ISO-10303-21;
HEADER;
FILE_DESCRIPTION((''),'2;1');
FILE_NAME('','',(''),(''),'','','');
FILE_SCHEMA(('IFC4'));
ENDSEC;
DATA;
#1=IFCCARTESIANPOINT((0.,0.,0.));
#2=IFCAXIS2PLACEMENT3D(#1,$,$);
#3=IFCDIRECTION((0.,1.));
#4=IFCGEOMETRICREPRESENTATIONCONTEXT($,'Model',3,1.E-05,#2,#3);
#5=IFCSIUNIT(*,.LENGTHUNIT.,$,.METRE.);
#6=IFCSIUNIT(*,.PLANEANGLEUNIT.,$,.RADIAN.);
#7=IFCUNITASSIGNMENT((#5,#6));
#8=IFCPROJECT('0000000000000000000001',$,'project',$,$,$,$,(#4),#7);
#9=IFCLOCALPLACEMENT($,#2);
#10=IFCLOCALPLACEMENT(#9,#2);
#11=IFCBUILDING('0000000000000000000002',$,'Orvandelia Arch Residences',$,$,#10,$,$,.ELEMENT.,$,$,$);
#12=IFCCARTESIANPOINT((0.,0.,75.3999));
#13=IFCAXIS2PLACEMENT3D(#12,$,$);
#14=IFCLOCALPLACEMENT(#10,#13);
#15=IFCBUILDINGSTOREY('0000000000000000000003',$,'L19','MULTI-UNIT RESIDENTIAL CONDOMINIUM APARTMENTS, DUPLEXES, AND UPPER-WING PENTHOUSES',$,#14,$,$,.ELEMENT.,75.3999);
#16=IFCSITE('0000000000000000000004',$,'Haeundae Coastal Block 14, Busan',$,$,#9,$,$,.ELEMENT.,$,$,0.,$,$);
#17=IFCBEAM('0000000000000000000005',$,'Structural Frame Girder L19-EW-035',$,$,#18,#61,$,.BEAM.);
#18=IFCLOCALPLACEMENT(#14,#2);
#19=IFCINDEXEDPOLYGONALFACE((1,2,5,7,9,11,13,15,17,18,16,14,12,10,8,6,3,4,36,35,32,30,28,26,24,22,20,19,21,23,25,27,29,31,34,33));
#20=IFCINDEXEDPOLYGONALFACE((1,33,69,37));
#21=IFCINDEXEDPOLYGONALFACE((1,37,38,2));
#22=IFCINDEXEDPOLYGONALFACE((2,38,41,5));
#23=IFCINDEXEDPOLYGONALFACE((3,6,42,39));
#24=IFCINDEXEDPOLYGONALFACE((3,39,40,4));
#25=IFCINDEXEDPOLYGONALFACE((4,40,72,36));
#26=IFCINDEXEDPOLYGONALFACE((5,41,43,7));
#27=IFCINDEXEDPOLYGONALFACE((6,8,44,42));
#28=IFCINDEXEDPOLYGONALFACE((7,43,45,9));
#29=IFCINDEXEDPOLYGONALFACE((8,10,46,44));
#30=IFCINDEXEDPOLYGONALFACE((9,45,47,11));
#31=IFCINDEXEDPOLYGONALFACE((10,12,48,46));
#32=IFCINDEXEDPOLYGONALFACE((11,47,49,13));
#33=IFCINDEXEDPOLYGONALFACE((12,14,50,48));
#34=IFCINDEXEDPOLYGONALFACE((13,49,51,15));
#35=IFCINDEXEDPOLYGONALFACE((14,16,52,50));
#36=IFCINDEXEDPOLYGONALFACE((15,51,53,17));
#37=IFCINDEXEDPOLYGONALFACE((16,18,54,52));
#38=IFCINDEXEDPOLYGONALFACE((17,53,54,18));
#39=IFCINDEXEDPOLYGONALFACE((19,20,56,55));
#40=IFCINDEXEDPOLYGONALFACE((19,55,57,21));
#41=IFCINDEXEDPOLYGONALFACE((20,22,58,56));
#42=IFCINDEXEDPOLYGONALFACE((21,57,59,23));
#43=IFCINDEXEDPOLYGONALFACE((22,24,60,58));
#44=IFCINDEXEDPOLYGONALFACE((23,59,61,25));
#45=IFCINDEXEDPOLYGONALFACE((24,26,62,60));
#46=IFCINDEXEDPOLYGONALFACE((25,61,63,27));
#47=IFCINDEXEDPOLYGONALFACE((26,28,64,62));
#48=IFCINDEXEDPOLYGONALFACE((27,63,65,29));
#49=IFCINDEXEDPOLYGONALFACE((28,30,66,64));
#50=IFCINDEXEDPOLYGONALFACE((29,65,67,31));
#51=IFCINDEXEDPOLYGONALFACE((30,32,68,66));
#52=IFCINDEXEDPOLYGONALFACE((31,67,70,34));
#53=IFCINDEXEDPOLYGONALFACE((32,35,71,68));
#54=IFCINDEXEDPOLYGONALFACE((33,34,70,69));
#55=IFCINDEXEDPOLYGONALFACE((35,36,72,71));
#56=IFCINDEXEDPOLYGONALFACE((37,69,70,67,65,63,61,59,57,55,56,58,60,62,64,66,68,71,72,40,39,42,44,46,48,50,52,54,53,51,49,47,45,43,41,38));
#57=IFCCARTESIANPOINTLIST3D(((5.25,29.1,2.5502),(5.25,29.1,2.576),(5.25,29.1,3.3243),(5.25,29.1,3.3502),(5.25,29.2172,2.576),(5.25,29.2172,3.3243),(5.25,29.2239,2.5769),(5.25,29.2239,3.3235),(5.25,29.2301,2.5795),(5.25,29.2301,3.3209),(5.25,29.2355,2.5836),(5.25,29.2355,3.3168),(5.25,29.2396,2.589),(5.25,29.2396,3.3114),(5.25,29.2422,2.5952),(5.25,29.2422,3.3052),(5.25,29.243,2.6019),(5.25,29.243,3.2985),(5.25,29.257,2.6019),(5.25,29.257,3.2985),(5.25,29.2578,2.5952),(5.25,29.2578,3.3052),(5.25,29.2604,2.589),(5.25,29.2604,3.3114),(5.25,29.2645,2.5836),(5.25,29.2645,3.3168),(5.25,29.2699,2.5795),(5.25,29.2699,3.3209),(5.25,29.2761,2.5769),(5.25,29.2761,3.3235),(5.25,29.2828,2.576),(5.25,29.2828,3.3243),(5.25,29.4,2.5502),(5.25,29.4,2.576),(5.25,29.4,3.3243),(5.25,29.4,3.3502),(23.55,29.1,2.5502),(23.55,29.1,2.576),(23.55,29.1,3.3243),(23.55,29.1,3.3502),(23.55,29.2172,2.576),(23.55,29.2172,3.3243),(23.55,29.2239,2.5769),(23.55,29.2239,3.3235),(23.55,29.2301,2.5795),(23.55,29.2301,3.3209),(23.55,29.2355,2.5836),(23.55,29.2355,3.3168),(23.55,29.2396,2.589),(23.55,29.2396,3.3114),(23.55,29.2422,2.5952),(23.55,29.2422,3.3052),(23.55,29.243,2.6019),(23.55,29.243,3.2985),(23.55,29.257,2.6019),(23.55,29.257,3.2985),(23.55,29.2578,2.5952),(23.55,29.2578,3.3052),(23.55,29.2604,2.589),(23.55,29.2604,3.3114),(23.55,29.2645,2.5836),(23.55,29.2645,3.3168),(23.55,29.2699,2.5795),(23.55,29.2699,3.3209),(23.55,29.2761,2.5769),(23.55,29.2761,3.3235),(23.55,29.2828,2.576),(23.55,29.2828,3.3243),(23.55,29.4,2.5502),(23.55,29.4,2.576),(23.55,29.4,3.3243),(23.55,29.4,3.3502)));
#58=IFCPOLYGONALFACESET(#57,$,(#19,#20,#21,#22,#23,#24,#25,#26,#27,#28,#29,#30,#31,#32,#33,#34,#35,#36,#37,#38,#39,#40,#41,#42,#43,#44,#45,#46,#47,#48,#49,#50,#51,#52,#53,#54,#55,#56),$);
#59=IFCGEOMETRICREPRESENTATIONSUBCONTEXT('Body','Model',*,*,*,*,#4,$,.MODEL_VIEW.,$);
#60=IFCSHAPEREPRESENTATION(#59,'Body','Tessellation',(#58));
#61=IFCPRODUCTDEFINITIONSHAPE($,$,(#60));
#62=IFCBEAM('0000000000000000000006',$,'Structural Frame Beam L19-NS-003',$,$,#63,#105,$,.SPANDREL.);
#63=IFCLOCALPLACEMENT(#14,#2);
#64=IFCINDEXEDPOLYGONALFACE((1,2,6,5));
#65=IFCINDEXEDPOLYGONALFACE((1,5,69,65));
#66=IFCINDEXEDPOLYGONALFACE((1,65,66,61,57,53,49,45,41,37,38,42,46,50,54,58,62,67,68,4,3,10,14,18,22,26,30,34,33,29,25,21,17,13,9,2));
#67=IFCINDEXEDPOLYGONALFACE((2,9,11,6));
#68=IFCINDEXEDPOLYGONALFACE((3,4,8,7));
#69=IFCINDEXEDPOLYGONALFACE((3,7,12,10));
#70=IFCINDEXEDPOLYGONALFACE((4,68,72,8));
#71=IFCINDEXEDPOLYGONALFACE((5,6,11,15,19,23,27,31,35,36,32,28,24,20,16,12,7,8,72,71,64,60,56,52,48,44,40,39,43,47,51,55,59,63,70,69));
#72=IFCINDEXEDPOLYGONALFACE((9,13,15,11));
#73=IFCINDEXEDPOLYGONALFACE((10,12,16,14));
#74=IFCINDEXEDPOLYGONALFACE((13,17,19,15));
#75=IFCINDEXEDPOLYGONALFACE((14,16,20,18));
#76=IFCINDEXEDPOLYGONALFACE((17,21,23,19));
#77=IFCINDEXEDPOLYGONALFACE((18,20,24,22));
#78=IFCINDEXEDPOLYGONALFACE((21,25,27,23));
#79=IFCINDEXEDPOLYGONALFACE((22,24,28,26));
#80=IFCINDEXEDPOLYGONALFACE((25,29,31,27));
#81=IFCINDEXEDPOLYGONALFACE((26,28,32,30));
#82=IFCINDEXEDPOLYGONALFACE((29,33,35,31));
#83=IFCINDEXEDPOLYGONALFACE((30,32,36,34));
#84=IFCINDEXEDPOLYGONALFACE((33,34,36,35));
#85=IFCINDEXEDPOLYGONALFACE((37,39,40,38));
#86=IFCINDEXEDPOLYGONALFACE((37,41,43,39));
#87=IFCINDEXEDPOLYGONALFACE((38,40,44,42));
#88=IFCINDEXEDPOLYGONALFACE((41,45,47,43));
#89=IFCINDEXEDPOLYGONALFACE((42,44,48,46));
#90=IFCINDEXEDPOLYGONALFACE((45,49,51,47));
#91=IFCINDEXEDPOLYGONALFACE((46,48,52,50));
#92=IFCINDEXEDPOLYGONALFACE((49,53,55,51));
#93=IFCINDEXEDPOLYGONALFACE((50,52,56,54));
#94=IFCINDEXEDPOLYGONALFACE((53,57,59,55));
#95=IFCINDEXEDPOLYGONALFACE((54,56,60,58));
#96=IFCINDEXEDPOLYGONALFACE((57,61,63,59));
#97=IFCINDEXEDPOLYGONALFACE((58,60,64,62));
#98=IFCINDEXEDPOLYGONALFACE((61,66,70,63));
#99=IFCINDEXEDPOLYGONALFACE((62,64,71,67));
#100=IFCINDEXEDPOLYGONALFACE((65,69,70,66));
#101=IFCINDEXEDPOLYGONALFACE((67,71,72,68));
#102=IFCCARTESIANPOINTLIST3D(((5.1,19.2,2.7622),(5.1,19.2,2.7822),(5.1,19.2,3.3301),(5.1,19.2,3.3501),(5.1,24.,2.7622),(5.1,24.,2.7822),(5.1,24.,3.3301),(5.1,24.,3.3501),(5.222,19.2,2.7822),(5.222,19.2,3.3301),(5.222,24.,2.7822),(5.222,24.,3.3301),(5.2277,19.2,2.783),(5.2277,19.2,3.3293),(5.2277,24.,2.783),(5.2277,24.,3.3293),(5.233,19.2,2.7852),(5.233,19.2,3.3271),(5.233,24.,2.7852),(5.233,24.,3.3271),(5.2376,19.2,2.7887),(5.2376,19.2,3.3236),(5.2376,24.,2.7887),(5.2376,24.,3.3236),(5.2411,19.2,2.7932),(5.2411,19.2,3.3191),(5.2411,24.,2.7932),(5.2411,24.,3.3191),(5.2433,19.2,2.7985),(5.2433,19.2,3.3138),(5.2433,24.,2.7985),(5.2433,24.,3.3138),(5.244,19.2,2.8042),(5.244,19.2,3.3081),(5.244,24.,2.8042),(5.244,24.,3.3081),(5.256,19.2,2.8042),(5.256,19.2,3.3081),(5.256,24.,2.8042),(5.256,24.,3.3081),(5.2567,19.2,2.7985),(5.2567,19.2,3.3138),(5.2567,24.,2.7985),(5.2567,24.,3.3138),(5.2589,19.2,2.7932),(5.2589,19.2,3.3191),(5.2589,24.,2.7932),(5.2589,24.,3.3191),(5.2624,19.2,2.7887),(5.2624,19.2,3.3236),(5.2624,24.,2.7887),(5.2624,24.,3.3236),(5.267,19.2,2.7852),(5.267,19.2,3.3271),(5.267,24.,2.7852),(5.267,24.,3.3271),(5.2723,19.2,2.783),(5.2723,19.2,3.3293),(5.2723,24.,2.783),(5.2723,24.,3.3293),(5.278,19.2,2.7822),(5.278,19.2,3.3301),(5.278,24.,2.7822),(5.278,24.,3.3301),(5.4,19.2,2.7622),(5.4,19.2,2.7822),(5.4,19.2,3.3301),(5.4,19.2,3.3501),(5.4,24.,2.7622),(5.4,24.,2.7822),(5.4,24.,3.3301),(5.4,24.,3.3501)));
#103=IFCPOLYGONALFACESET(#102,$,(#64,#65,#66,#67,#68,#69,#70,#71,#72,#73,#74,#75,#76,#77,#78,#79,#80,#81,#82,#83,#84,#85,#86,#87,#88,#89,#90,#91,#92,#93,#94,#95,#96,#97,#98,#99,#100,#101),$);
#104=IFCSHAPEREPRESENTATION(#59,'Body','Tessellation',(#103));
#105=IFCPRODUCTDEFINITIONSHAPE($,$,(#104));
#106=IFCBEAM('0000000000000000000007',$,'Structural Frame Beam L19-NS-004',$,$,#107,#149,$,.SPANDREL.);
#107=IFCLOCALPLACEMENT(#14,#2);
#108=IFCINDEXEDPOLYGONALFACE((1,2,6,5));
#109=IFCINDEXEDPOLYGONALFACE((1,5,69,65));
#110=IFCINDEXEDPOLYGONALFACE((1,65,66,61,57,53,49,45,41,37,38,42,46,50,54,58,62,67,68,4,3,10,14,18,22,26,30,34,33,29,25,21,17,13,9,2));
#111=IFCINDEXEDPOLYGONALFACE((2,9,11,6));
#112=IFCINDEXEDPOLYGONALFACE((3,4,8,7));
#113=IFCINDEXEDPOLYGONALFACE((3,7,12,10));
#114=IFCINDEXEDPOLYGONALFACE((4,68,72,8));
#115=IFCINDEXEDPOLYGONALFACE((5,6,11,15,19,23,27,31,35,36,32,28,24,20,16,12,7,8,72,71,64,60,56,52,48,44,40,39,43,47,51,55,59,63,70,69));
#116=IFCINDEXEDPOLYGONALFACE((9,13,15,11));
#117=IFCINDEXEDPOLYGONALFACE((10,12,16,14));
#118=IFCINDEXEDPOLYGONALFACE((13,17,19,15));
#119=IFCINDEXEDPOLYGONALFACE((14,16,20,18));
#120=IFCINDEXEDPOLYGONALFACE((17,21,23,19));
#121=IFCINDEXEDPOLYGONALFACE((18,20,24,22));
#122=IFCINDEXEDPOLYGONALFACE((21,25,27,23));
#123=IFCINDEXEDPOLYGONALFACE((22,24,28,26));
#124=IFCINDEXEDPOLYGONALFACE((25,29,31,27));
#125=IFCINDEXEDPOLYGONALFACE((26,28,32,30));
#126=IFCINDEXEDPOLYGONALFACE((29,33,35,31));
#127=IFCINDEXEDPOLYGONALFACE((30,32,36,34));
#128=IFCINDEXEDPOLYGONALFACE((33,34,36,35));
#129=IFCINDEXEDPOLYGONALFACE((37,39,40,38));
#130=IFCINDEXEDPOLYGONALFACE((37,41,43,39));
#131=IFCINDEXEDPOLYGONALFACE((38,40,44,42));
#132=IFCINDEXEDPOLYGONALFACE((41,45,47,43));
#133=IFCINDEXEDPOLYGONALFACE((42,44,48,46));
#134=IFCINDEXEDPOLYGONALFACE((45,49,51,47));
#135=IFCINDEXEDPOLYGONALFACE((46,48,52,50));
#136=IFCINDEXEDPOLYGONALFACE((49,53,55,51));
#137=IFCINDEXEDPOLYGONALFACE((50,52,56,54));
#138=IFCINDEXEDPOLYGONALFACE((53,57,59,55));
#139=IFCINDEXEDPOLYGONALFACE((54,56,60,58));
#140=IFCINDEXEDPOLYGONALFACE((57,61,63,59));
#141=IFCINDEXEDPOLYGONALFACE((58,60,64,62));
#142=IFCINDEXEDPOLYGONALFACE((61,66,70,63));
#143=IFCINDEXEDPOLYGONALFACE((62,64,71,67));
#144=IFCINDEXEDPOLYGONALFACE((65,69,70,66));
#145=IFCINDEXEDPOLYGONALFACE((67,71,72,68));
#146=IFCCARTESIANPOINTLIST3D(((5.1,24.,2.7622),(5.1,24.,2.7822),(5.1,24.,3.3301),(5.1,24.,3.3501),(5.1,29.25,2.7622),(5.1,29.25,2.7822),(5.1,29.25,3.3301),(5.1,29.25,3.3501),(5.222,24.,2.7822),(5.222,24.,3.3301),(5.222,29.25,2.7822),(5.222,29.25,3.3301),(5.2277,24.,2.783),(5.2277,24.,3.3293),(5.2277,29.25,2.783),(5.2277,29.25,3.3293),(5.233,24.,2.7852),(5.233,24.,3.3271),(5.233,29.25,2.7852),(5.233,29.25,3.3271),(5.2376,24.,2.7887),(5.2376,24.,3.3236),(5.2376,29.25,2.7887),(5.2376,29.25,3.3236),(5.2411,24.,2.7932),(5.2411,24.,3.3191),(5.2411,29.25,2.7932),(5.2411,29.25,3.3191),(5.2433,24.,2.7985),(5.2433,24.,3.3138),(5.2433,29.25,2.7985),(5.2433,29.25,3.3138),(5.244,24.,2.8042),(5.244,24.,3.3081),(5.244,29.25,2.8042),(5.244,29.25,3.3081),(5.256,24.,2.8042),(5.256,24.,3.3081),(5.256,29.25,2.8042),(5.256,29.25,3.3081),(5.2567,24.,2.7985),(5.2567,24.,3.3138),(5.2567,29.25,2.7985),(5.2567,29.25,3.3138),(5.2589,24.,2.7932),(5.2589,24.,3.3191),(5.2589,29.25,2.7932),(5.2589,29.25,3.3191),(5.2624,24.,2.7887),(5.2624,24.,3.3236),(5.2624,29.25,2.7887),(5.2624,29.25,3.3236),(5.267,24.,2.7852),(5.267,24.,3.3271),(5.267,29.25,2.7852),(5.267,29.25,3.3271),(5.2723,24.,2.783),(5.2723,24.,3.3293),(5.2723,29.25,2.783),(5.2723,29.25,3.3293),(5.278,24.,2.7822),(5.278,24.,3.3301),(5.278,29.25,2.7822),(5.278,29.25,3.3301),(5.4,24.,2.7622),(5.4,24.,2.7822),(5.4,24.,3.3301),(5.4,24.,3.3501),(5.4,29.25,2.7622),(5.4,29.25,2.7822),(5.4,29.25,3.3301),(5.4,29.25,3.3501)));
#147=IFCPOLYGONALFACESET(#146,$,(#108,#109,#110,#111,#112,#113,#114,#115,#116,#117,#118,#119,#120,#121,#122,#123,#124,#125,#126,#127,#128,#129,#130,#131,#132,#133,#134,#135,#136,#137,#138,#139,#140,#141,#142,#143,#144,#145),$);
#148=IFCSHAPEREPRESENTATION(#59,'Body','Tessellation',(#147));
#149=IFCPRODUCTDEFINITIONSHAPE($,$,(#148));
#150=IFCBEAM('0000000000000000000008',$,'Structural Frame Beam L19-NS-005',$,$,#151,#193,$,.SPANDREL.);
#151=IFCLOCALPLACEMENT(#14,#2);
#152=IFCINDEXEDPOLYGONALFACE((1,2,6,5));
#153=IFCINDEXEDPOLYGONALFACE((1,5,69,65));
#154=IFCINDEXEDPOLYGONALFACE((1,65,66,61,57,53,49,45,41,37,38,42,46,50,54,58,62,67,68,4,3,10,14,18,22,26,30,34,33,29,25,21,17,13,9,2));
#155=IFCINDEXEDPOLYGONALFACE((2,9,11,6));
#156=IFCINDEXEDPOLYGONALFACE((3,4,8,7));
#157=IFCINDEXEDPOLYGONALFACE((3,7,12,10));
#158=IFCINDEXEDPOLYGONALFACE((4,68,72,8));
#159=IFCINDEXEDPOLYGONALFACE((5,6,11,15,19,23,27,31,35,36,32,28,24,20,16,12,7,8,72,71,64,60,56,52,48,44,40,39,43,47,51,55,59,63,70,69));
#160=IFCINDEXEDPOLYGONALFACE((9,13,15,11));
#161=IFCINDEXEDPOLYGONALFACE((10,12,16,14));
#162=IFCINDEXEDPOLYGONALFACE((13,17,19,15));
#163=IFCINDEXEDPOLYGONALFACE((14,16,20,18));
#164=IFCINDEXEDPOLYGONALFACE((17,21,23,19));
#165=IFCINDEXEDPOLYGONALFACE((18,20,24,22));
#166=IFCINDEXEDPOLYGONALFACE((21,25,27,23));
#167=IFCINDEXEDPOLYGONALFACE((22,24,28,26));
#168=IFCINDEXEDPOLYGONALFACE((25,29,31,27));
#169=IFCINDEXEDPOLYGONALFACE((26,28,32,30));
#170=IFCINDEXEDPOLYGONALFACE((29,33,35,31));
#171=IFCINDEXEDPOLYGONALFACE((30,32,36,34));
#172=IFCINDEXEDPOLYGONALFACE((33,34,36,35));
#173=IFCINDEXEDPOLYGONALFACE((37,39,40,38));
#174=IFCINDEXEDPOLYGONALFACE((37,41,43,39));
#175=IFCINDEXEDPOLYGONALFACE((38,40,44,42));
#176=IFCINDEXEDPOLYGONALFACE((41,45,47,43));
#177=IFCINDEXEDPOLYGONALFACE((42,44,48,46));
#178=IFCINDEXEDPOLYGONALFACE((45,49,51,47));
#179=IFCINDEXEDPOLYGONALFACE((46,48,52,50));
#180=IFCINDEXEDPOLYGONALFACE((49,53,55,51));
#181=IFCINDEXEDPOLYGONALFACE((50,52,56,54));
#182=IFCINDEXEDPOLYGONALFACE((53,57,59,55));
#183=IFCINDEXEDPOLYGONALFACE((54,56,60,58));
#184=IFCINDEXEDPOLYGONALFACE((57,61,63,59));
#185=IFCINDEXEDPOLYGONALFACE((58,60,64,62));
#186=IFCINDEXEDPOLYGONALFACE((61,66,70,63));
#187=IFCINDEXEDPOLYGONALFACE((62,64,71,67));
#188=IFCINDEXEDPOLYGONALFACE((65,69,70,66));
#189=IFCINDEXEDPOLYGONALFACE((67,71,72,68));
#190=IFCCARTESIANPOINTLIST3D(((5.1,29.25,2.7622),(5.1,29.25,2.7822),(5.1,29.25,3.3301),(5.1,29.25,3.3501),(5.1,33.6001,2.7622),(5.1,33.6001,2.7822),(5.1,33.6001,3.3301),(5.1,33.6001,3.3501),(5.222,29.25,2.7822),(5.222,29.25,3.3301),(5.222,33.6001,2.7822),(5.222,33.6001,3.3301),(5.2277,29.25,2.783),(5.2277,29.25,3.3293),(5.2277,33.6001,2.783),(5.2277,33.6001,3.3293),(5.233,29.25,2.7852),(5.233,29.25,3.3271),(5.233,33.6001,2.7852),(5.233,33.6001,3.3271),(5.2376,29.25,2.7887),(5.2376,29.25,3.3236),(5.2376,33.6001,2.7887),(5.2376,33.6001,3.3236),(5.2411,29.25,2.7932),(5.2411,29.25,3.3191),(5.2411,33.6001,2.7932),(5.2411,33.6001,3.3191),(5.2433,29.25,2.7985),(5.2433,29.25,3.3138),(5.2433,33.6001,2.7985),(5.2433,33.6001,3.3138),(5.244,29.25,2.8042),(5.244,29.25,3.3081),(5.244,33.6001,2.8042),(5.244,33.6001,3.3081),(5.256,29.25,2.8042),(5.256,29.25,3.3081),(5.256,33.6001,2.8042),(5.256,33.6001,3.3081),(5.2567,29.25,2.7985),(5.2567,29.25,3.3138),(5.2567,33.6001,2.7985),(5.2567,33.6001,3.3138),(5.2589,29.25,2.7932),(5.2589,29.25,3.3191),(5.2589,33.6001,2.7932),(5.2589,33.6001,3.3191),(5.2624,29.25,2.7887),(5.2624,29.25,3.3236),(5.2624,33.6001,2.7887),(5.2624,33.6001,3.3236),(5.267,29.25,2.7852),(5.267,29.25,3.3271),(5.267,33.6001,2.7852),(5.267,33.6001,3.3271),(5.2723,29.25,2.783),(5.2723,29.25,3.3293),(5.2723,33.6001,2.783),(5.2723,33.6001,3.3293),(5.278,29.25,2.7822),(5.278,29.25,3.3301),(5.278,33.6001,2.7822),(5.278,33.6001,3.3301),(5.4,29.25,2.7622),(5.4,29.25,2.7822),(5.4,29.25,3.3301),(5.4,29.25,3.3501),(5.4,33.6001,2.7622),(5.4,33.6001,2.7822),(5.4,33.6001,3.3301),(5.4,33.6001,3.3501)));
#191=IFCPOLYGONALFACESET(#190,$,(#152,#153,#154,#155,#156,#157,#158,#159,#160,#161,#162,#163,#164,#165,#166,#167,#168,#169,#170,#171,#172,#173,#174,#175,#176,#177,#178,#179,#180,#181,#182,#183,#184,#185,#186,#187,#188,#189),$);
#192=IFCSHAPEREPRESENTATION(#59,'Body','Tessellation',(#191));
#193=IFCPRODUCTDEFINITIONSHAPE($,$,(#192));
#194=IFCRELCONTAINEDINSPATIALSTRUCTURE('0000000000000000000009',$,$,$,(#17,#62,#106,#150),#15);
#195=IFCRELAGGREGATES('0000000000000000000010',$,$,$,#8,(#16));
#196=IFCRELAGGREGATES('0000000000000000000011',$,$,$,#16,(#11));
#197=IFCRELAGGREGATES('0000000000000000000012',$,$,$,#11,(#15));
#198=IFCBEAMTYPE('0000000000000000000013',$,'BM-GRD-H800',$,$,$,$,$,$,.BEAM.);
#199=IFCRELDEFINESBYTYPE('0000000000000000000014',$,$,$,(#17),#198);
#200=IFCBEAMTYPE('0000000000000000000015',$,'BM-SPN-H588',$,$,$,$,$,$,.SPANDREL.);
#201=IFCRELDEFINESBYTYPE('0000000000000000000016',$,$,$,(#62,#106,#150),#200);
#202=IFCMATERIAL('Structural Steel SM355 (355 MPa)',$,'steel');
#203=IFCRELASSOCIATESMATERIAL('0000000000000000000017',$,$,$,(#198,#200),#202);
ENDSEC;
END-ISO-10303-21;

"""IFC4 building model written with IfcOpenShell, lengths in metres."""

from ifc_helpers import new_model, si_unit, direction, frame, origin, origin_2d, place, context, subcontext, project, spatial, i_section, extrude, material, material_profile, profile_set, type_object, element, save


model = new_model("IFC4")

# Units and contexts
model_context = context("Model", 3, precision=1e-05, world=origin(), true_north=direction((0.0, 1.0)))
body_context = subcontext(model_context, "Body", "Model", "MODEL_VIEW")
ifc_project = project(units=[si_unit("LENGTHUNIT", "METRE"), si_unit("PLANEANGLEUNIT", "RADIAN")], contexts=[model_context])

# Site, building, storey
site_placement = place(None, origin())
site = spatial("IfcSite", under=ifc_project, at=site_placement, Name="Haeundae Coastal Block 14, Busan", CompositionType="ELEMENT", RefElevation=0.0)
building_placement = place(site_placement, origin())
building = spatial("IfcBuilding", under=site, at=building_placement, Name="Orvandelia Arch Residences", CompositionType="ELEMENT")
storey_placement = place(building_placement, frame((0.0, 0.0, 75.3999)))
storey = spatial("IfcBuildingStorey", under=building, at=storey_placement, Name="L19", Description="MULTI-UNIT RESIDENTIAL CONDOMINIUM APARTMENTS, DUPLEXES, AND UPPER-WING PENTHOUSES", CompositionType="ELEMENT", Elevation=75.3999)

# Beams
ifc_material_1 = material(Name="Structural Steel SM355 (355 MPa)", Category="steel")
ifc_material_profile_1 = material_profile(ifc_material_1, i_section(OverallWidth=0.3, OverallDepth=0.8, WebThickness=0.0139, FlangeThickness=0.0259, FilletRadius=0.0259, at=origin_2d()), Name="Structural Steel SM355 (355 MPa)", Category="steel")
ifc_profile_set_1 = profile_set([ifc_material_profile_1], Name="Structural Steel SM355 (355 MPa)")
beam_type_1 = type_object("IfcBeamType", Name="BM-GRD-H800", PredefinedType="BEAM", material=ifc_profile_set_1)
for number, where, z_axis, x_axis, name in (
    (1, (5.25, 29.25, 2.9502), (1.0, 0.0, 0.0), (0.0, 1.0, 0.0), "Structural Frame Girder L19-EW-035"),
):
    element("IfcBeam", number, at=place(storey_placement, frame(where, z_axis=z_axis, x_axis=x_axis)), inside=storey, type_object=beam_type_1, Name=name, PredefinedType="BEAM", context=body_context, shape_type="SweptSolid", body=[
        extrude(i_section(OverallWidth=0.3, OverallDepth=0.8, WebThickness=0.0139, FlangeThickness=0.0259, FilletRadius=0.0259, at=origin_2d()), origin(), (0.0, 0.0, 1.0), 18.3),
    ])
ifc_material_profile_2 = material_profile(ifc_material_1, i_section(OverallWidth=0.3, OverallDepth=0.5879, WebThickness=0.012, FlangeThickness=0.02, FilletRadius=0.022, at=origin_2d()), Name="Structural Steel SM355 (355 MPa)", Category="steel")
ifc_profile_set_2 = profile_set([ifc_material_profile_2], Name="Structural Steel SM355 (355 MPa)")
beam_type_2 = type_object("IfcBeamType", Name="BM-SPN-H588", PredefinedType="SPANDREL", material=ifc_profile_set_2)
beam_1_placement = place(storey_placement, frame((5.25, 19.2, 3.0562), z_axis=(0.0, 1.0, 0.0), x_axis=(-1.0, 0.0, 0.0)))
element("IfcBeam", 2, at=beam_1_placement, inside=storey, type_object=beam_type_2, Name="Structural Frame Beam L19-NS-003", PredefinedType="SPANDREL", context=body_context, shape_type="SweptSolid", body=[
    extrude(i_section(OverallWidth=0.3, OverallDepth=0.5879, WebThickness=0.012, FlangeThickness=0.02, FilletRadius=0.022, at=origin_2d()), origin(), (0.0, 0.0, 1.0), 4.8),
])
beam_2_placement = place(storey_placement, frame((5.25, 24.0, 3.0562), z_axis=(0.0, 1.0, 0.0), x_axis=(-1.0, 0.0, 0.0)))
element("IfcBeam", 3, at=beam_2_placement, inside=storey, type_object=beam_type_2, Name="Structural Frame Beam L19-NS-004", PredefinedType="SPANDREL", context=body_context, shape_type="SweptSolid", body=[
    extrude(i_section(OverallWidth=0.3, OverallDepth=0.5879, WebThickness=0.012, FlangeThickness=0.02, FilletRadius=0.022, at=origin_2d()), origin(), (0.0, 0.0, 1.0), 5.25),
])
beam_3_placement = place(storey_placement, frame((5.25, 29.25, 3.0562), z_axis=(0.0, 1.0, 0.0), x_axis=(-1.0, 0.0, 0.0)))
element("IfcBeam", 4, at=beam_3_placement, inside=storey, type_object=beam_type_2, Name="Structural Frame Beam L19-NS-005", PredefinedType="SPANDREL", context=body_context, shape_type="SweptSolid", body=[
    extrude(i_section(OverallWidth=0.3, OverallDepth=0.5879, WebThickness=0.012, FlangeThickness=0.02, FilletRadius=0.022, at=origin_2d()), origin(), (0.0, 0.0, 1.0), 4.3501),
])

save(model, "model.ifc")
